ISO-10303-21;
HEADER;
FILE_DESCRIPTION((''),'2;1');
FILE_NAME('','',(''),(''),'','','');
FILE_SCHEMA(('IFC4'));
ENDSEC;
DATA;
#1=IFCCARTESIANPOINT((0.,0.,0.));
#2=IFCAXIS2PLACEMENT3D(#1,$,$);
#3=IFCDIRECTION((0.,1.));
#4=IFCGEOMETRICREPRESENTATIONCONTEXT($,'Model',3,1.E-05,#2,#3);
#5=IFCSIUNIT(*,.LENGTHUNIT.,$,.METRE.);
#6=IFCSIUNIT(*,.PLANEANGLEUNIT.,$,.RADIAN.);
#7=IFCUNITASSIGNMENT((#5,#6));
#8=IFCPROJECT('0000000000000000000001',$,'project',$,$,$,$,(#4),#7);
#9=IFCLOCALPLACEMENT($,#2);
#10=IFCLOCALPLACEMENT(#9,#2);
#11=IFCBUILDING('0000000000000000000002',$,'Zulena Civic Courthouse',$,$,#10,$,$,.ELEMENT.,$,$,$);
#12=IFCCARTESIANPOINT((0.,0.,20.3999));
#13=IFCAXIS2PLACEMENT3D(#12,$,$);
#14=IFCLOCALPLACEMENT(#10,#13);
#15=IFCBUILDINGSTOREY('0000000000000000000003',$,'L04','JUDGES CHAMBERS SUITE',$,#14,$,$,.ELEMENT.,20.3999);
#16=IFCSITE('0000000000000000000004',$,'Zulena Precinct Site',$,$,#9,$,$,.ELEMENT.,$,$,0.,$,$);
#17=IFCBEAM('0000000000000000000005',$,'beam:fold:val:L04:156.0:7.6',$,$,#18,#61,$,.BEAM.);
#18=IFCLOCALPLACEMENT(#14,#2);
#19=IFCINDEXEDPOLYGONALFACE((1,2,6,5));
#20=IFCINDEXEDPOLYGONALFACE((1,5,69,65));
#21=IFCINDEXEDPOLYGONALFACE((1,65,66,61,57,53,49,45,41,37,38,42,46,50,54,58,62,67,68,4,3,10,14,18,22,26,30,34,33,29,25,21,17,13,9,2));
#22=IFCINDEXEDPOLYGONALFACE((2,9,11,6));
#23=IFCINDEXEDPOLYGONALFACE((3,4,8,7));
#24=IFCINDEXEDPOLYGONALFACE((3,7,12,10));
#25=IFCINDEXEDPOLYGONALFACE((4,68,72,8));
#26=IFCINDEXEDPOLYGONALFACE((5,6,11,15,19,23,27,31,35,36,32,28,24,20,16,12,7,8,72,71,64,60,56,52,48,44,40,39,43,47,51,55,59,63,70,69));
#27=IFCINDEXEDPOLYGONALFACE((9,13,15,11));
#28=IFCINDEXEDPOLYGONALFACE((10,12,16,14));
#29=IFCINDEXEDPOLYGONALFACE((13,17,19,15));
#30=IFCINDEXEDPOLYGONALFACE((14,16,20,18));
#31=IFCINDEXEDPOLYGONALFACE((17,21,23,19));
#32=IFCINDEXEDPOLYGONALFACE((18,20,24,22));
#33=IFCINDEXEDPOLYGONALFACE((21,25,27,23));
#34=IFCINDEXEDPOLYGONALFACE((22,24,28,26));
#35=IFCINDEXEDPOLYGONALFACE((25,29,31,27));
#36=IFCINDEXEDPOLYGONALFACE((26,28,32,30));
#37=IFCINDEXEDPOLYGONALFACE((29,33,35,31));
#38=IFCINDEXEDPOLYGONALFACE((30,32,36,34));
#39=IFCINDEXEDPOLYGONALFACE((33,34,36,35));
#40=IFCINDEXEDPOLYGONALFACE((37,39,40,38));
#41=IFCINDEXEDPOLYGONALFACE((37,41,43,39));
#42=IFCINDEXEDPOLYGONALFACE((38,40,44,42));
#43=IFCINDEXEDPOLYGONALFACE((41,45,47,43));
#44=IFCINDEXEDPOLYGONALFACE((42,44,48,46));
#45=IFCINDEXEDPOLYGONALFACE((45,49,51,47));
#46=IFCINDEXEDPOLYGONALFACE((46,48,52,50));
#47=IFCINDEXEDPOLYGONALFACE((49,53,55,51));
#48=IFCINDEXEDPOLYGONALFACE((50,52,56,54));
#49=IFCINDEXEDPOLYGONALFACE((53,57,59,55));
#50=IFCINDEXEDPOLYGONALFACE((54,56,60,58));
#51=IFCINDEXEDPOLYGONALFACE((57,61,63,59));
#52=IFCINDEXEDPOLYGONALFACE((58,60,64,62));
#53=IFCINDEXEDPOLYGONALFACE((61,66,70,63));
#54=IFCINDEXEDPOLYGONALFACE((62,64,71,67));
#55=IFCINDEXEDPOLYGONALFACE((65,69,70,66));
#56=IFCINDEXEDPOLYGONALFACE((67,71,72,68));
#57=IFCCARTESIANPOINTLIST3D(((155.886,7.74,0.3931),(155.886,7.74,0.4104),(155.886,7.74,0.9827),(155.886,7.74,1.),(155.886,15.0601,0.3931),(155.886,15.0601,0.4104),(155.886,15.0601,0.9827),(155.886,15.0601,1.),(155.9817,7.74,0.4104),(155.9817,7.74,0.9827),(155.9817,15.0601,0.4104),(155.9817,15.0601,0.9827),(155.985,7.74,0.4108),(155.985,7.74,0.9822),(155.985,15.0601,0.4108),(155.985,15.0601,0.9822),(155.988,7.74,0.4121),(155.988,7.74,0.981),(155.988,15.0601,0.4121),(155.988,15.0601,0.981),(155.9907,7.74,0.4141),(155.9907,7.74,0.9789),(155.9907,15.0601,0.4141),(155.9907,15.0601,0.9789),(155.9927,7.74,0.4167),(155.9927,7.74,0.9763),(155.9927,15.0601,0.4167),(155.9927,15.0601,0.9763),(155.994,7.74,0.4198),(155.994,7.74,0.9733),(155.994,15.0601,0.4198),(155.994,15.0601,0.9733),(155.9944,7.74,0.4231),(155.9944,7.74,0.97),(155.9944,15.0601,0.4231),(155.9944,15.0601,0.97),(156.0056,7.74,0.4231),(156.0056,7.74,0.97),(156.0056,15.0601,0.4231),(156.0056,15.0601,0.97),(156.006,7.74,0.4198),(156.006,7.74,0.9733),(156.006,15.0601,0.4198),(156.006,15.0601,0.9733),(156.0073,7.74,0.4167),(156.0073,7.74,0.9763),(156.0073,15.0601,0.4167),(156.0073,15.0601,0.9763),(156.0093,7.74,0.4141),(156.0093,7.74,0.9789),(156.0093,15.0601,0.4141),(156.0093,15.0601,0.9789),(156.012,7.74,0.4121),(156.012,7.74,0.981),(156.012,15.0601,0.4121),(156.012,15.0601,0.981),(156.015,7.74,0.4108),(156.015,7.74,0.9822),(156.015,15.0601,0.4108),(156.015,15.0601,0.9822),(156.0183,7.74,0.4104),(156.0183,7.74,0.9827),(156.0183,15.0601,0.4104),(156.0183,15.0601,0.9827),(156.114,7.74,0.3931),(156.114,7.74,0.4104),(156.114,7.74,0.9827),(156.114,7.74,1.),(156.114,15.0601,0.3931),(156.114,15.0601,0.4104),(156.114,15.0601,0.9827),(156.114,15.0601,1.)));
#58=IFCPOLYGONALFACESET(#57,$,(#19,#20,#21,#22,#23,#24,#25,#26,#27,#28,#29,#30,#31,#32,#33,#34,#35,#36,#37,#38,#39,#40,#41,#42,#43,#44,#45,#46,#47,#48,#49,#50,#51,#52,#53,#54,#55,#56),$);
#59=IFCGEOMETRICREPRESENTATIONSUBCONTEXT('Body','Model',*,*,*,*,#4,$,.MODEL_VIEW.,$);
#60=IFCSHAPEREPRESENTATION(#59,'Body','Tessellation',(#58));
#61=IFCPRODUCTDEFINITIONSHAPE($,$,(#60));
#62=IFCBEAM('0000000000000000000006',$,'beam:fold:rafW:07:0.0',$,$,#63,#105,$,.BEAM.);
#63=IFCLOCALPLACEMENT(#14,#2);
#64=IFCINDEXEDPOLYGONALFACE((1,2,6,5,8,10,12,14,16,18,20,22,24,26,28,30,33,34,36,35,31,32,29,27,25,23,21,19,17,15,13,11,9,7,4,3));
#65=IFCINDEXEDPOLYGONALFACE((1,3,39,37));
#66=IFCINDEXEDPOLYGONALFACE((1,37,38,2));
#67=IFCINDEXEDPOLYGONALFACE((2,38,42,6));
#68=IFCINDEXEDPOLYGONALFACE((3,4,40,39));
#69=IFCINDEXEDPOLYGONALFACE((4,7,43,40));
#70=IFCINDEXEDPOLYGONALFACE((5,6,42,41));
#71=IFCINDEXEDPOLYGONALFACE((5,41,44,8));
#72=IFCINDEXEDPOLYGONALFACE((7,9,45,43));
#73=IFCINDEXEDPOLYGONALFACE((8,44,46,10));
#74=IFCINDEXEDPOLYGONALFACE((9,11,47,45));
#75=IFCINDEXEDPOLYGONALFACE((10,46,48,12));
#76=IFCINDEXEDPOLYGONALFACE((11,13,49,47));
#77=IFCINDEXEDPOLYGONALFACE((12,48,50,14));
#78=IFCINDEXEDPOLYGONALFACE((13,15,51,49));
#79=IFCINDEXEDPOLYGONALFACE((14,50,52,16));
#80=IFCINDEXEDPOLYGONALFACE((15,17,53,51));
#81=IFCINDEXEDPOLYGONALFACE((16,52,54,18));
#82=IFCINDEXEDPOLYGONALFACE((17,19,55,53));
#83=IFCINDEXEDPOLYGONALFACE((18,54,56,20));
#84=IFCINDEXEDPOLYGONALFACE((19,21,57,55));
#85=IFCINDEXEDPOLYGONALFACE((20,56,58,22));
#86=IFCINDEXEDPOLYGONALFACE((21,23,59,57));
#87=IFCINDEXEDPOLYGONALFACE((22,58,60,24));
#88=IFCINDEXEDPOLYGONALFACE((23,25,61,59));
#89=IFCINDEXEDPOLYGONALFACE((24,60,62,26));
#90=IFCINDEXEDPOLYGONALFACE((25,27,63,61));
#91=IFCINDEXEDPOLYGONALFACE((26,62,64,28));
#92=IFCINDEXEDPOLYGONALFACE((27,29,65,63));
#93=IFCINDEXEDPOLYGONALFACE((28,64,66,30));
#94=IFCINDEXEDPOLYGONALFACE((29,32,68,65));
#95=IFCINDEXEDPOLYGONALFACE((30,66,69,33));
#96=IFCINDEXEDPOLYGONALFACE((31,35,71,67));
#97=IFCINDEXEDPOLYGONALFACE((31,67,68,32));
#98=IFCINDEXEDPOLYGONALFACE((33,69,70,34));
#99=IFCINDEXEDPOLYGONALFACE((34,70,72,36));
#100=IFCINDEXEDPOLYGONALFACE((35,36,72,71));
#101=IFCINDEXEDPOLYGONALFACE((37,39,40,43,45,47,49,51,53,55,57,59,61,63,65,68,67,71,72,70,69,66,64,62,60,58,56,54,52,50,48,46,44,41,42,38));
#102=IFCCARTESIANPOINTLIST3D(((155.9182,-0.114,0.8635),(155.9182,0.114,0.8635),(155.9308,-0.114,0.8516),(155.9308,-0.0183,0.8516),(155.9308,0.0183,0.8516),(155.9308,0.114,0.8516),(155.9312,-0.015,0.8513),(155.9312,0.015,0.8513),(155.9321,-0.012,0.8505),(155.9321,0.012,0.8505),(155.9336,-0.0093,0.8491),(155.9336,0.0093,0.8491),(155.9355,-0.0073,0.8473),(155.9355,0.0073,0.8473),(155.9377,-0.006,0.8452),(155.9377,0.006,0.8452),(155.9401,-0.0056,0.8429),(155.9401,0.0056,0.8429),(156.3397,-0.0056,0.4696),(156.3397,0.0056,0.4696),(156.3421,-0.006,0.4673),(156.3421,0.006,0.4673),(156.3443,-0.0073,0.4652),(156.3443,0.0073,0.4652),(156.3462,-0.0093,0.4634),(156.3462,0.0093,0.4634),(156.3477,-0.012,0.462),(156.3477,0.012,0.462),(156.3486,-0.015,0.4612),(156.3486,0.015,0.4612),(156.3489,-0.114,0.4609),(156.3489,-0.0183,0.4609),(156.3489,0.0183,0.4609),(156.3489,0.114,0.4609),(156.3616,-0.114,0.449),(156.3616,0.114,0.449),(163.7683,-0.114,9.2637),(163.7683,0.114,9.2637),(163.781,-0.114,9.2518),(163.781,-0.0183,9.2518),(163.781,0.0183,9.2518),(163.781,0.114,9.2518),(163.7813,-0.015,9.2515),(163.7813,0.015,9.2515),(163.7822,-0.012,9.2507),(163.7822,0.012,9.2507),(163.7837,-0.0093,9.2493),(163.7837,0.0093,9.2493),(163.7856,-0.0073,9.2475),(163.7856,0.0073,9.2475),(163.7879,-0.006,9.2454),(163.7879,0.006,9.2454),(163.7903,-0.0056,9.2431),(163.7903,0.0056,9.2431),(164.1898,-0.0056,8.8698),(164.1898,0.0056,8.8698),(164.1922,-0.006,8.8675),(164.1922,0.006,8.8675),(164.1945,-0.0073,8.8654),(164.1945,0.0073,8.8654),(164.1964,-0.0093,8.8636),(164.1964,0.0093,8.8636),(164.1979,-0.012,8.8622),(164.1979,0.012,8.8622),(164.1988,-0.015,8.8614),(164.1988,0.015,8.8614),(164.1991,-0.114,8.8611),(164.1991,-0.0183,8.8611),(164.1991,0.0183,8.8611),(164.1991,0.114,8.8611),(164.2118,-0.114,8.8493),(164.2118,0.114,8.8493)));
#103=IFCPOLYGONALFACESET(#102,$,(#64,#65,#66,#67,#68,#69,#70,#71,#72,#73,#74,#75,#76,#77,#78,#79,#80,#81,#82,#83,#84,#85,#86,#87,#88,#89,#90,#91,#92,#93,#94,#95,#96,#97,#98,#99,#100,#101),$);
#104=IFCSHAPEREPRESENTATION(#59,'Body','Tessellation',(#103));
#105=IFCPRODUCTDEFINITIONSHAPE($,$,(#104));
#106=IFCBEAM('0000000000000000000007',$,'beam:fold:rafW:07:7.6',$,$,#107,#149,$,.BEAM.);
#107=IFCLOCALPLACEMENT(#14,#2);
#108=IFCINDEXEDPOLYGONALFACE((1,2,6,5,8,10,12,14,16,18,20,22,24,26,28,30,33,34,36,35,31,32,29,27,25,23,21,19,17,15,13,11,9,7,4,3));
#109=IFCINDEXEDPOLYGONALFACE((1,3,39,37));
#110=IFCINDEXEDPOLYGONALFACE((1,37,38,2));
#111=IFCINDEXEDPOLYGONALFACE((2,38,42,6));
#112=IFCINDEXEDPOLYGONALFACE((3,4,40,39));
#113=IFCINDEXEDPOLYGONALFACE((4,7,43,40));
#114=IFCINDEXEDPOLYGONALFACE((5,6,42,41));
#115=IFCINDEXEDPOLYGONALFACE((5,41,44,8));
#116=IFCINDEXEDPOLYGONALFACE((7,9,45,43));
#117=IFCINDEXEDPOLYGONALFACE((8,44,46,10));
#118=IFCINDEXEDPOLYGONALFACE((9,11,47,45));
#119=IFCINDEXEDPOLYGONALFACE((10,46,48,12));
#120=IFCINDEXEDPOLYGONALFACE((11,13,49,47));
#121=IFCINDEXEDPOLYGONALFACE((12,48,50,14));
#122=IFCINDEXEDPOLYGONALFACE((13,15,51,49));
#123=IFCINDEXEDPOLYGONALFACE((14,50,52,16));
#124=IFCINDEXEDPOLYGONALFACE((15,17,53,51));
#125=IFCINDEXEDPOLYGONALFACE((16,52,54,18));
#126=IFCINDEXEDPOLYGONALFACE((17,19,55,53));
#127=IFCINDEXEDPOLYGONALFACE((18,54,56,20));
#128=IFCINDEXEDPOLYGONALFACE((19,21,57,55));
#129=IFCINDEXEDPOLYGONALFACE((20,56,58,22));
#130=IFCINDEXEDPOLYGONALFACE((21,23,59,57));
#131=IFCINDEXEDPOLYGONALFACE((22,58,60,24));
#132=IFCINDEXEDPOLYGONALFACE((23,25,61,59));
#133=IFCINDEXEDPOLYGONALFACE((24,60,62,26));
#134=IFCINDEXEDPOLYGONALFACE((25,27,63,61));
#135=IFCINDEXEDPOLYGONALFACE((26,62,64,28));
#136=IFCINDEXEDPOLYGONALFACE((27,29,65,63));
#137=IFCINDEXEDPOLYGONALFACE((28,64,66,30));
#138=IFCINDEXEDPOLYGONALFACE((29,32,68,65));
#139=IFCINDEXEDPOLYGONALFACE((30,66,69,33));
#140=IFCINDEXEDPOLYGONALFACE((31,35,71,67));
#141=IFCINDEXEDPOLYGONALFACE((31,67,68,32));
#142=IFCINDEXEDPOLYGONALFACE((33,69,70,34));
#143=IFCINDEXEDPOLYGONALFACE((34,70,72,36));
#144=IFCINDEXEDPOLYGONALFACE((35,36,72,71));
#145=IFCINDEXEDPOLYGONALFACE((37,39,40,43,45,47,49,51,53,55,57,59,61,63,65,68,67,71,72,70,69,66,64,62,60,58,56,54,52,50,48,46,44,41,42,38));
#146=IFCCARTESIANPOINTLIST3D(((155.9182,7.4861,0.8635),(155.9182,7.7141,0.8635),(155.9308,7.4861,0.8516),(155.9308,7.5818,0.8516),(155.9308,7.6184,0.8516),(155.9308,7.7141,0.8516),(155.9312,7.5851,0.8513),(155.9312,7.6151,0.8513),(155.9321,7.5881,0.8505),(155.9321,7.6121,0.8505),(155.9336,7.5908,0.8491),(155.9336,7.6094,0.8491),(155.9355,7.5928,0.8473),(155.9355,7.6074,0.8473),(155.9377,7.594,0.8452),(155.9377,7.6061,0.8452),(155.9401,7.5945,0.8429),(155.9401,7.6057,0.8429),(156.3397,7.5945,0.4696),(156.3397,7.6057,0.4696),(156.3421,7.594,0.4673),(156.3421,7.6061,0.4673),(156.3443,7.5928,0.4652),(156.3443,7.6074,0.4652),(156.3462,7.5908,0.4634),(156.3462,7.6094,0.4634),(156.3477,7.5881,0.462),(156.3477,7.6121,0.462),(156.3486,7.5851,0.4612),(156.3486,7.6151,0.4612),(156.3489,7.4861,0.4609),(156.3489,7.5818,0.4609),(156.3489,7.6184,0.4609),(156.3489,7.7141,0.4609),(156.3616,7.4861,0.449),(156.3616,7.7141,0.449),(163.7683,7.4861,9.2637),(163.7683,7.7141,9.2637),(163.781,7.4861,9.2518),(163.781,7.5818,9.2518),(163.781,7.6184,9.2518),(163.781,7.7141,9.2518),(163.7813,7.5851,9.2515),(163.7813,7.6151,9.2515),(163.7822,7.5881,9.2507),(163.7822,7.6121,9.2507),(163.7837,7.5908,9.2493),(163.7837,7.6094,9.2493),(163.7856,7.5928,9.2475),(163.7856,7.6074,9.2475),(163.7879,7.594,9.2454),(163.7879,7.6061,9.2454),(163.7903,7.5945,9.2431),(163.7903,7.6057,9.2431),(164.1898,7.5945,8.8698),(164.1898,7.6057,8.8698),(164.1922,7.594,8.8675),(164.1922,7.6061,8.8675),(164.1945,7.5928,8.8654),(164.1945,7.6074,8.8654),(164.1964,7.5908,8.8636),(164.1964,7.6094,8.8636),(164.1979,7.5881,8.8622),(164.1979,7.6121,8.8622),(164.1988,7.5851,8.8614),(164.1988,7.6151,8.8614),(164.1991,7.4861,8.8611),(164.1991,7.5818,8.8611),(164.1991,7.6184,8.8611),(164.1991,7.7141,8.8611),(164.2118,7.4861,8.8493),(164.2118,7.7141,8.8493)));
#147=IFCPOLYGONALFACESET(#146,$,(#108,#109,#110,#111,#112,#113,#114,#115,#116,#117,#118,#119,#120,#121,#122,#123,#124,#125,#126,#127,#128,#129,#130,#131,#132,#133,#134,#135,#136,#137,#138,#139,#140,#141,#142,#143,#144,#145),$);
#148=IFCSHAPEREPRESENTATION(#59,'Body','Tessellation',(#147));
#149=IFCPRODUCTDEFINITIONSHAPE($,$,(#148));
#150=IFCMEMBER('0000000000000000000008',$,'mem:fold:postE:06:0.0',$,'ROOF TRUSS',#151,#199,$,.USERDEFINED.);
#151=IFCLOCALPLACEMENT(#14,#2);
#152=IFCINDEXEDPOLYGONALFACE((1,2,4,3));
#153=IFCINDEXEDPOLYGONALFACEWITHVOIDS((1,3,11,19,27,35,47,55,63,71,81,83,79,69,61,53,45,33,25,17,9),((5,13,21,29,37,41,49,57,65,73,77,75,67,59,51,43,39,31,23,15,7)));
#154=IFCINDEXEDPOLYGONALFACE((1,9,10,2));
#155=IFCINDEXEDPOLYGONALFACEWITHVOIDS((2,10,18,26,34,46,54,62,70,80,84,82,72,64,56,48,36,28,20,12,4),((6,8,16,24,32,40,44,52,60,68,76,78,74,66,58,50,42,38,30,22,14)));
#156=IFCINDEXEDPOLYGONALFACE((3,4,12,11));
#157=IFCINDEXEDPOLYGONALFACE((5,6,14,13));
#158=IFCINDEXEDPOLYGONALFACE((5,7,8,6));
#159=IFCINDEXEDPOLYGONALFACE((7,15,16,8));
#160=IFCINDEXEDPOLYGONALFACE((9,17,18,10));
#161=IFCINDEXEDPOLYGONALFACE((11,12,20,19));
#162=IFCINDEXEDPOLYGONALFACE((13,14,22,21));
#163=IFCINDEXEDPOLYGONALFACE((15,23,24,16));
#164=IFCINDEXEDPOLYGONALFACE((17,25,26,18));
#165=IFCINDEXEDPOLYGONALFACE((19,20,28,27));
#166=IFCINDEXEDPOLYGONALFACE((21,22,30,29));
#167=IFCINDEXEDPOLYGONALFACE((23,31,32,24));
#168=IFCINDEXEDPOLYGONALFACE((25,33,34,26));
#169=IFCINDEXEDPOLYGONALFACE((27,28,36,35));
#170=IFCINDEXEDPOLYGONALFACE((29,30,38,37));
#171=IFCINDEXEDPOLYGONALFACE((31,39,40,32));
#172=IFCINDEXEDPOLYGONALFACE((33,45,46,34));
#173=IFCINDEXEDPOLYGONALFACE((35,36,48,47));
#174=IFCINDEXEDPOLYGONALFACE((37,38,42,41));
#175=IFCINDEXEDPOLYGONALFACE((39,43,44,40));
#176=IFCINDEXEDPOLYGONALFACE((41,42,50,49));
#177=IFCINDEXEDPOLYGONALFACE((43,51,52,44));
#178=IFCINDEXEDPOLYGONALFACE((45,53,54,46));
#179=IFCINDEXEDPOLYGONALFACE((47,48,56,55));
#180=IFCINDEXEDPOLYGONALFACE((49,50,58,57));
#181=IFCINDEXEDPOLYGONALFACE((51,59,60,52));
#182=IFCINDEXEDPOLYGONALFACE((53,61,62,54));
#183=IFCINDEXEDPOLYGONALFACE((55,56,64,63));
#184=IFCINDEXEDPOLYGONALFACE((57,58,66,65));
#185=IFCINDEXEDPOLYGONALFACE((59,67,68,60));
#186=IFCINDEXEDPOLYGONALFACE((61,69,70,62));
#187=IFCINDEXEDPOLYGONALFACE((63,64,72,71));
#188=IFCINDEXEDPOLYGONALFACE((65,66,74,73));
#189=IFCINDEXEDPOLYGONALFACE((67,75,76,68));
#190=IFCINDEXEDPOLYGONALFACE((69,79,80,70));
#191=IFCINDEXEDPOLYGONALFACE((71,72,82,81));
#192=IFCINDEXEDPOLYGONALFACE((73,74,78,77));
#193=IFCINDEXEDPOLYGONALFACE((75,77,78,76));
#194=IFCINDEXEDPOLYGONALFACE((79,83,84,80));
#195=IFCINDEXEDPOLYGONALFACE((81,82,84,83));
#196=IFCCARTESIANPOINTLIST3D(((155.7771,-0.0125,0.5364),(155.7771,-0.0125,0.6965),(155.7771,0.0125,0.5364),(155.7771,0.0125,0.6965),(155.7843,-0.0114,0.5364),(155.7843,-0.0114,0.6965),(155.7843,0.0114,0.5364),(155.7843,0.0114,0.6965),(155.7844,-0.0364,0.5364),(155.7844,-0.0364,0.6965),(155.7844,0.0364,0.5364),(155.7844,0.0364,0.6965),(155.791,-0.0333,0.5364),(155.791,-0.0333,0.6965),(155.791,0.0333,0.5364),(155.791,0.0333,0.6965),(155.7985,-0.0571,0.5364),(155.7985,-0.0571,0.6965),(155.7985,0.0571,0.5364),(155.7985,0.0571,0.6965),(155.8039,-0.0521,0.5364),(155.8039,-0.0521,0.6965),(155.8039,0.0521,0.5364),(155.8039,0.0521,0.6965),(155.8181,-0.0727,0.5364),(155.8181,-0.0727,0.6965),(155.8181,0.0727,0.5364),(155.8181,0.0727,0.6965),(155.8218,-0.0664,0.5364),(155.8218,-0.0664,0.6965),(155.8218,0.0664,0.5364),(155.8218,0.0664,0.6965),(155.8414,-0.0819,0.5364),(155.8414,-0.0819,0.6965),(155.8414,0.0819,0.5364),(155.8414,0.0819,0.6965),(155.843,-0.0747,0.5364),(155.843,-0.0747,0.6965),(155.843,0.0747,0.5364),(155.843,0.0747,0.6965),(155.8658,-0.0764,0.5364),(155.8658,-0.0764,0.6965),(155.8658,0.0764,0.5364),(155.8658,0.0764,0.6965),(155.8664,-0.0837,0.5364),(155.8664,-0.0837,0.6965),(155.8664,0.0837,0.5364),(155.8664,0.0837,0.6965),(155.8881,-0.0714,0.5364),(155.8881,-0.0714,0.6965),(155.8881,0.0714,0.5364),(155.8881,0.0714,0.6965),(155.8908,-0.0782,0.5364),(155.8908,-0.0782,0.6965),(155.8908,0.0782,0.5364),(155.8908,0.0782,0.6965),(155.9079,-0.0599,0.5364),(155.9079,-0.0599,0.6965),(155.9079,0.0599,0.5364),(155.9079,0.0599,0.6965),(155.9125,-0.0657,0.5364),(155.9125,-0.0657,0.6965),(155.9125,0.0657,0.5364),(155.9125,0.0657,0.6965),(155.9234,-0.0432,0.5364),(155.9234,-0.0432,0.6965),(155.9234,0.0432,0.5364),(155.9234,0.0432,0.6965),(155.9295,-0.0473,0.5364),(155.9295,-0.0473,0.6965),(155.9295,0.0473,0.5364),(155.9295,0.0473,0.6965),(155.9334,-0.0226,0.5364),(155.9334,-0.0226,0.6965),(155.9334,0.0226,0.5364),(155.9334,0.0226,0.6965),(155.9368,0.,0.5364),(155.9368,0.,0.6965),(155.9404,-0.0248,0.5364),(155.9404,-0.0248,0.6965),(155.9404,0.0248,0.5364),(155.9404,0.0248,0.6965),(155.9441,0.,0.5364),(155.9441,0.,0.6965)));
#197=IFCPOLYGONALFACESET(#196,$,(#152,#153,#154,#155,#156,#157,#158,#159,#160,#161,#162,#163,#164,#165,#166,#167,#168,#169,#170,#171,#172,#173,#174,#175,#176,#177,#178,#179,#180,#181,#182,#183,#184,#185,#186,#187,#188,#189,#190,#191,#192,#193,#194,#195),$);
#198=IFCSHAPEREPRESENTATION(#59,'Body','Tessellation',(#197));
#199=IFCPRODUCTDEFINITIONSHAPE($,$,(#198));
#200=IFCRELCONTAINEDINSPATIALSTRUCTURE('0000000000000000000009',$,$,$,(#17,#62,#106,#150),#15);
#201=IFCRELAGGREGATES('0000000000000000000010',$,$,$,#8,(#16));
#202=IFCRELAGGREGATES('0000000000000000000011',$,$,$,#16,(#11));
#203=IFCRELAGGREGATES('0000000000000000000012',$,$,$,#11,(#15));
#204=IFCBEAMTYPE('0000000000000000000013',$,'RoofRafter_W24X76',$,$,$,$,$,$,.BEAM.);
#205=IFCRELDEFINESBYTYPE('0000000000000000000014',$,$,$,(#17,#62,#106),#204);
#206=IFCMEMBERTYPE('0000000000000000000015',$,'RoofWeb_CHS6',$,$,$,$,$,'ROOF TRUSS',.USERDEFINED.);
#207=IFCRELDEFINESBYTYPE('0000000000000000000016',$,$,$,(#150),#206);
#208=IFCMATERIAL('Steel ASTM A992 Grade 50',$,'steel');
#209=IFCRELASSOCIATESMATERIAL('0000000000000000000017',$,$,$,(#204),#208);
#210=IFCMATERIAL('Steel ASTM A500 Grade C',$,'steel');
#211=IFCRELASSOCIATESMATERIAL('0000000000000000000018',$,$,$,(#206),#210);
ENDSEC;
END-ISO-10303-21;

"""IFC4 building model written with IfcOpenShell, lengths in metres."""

from ifc_helpers import new_model, si_unit, direction, frame, origin, origin_2d, place, context, subcontext, project, spatial, hollow_circle, i_section, extrude, material, material_profile, profile_set, type_object, element, save


model = new_model("IFC4")

# Units and contexts
model_context = context("Model", 3, precision=1e-05, world=origin(), true_north=direction((0.0, 1.0)))
body_context = subcontext(model_context, "Body", "Model", "MODEL_VIEW")
ifc_project = project(units=[si_unit("LENGTHUNIT", "METRE"), si_unit("PLANEANGLEUNIT", "RADIAN")], contexts=[model_context])

# Site, building, storey
site_placement = place(None, origin())
site = spatial("IfcSite", under=ifc_project, at=site_placement, Name="Zulena Precinct Site", CompositionType="ELEMENT", RefElevation=0.0)
building_placement = place(site_placement, origin())
building = spatial("IfcBuilding", under=site, at=building_placement, Name="Zulena Civic Courthouse", CompositionType="ELEMENT")
storey_placement = place(building_placement, frame((0.0, 0.0, 20.3999)))
storey = spatial("IfcBuildingStorey", under=building, at=storey_placement, Name="L04", Description="JUDGES CHAMBERS SUITE", CompositionType="ELEMENT", Elevation=20.3999)

# Shared definitions
ifc_material_1 = material(Name="Steel ASTM A992 Grade 50", Category="steel")

# Beams
ifc_material_profile_1 = material_profile(ifc_material_1, i_section(OverallWidth=0.228, OverallDepth=0.6069, WebThickness=0.0112, FlangeThickness=0.0173, FilletRadius=0.0127, at=origin_2d()), Name="W24X76")
ifc_profile_set_1 = profile_set([ifc_material_profile_1], Name="Steel ASTM A992 Grade 50")
beam_type = type_object("IfcBeamType", Name="RoofRafter_W24X76", PredefinedType="BEAM", material=ifc_profile_set_1)
for number, where, z_axis, x_axis, name in (
    (1, (156.0, 7.74, 0.6965), (0.0, 1.0, 0.0), (-1.0, 0.0, 0.0), "beam:fold:val:L04:156.0:7.6"),
):
    element("IfcBeam", number, at=place(storey_placement, frame(where, z_axis=z_axis, x_axis=x_axis)), inside=storey, type_object=beam_type, Name=name, PredefinedType="BEAM", context=body_context, shape_type="SweptSolid", body=[
        extrude(i_section(OverallWidth=0.228, OverallDepth=0.6069, WebThickness=0.0112, FlangeThickness=0.0173, FilletRadius=0.0127, at=origin_2d()), origin(), (0.0, 0.0, 1.0), 7.3201),
    ])
for number, where, z_axis, x_axis, name in (
    (2, (156.1399, 0.0, 0.6562), (0.682781, 0.0, 0.730623), (0.0, 1.0, 0.0), "beam:fold:rafW:07:0.0"),
    (3, (156.1399, 7.6001, 0.6562), (0.682781, 0.0, 0.730623), (0.0, 1.0, 0.0), "beam:fold:rafW:07:7.6"),
):
    element("IfcBeam", number, at=place(storey_placement, frame(where, z_axis=z_axis, x_axis=x_axis)), inside=storey, type_object=beam_type, Name=name, PredefinedType="BEAM", context=body_context, shape_type="SweptSolid", body=[
        extrude(i_section(OverallWidth=0.228, OverallDepth=0.6069, WebThickness=0.0112, FlangeThickness=0.0173, FilletRadius=0.0127, at=origin_2d()), origin(), (0.0, 0.0, 1.0), 11.4973),
    ])

# Member
ifc_material_2 = material(Name="Steel ASTM A500 Grade C", Category="steel")
ifc_material_profile_2 = material_profile(ifc_material_2, hollow_circle(Radius=0.084, WallThickness=0.0073, at=origin_2d()), Name="HSS6.625X0.312")
ifc_profile_set_2 = profile_set([ifc_material_profile_2], Name="Steel ASTM A500 Grade C")
member_type_1 = type_object("IfcMemberType", Name="RoofWeb_CHS6", ElementType="ROOF TRUSS", PredefinedType="USERDEFINED", material=ifc_profile_set_2)
for number, where, z_axis, x_axis, name in (
    (4, (155.8601, 0.0, 0.5364), (0.0, 0.0, 1.0), (1.0, 0.0, 0.0), "mem:fold:postE:06:0.0"),
):
    element("IfcMember", number, at=place(storey_placement, frame(where, z_axis=z_axis, x_axis=x_axis)), inside=storey, type_object=member_type_1, Name=name, ObjectType="ROOF TRUSS", PredefinedType="USERDEFINED", context=body_context, shape_type="SweptSolid", body=[
        extrude(hollow_circle(Radius=0.084, WallThickness=0.0073, at=origin_2d()), origin(), (0.0, 0.0, 1.0), 0.1602),
    ])

save(model, "model.ifc")
